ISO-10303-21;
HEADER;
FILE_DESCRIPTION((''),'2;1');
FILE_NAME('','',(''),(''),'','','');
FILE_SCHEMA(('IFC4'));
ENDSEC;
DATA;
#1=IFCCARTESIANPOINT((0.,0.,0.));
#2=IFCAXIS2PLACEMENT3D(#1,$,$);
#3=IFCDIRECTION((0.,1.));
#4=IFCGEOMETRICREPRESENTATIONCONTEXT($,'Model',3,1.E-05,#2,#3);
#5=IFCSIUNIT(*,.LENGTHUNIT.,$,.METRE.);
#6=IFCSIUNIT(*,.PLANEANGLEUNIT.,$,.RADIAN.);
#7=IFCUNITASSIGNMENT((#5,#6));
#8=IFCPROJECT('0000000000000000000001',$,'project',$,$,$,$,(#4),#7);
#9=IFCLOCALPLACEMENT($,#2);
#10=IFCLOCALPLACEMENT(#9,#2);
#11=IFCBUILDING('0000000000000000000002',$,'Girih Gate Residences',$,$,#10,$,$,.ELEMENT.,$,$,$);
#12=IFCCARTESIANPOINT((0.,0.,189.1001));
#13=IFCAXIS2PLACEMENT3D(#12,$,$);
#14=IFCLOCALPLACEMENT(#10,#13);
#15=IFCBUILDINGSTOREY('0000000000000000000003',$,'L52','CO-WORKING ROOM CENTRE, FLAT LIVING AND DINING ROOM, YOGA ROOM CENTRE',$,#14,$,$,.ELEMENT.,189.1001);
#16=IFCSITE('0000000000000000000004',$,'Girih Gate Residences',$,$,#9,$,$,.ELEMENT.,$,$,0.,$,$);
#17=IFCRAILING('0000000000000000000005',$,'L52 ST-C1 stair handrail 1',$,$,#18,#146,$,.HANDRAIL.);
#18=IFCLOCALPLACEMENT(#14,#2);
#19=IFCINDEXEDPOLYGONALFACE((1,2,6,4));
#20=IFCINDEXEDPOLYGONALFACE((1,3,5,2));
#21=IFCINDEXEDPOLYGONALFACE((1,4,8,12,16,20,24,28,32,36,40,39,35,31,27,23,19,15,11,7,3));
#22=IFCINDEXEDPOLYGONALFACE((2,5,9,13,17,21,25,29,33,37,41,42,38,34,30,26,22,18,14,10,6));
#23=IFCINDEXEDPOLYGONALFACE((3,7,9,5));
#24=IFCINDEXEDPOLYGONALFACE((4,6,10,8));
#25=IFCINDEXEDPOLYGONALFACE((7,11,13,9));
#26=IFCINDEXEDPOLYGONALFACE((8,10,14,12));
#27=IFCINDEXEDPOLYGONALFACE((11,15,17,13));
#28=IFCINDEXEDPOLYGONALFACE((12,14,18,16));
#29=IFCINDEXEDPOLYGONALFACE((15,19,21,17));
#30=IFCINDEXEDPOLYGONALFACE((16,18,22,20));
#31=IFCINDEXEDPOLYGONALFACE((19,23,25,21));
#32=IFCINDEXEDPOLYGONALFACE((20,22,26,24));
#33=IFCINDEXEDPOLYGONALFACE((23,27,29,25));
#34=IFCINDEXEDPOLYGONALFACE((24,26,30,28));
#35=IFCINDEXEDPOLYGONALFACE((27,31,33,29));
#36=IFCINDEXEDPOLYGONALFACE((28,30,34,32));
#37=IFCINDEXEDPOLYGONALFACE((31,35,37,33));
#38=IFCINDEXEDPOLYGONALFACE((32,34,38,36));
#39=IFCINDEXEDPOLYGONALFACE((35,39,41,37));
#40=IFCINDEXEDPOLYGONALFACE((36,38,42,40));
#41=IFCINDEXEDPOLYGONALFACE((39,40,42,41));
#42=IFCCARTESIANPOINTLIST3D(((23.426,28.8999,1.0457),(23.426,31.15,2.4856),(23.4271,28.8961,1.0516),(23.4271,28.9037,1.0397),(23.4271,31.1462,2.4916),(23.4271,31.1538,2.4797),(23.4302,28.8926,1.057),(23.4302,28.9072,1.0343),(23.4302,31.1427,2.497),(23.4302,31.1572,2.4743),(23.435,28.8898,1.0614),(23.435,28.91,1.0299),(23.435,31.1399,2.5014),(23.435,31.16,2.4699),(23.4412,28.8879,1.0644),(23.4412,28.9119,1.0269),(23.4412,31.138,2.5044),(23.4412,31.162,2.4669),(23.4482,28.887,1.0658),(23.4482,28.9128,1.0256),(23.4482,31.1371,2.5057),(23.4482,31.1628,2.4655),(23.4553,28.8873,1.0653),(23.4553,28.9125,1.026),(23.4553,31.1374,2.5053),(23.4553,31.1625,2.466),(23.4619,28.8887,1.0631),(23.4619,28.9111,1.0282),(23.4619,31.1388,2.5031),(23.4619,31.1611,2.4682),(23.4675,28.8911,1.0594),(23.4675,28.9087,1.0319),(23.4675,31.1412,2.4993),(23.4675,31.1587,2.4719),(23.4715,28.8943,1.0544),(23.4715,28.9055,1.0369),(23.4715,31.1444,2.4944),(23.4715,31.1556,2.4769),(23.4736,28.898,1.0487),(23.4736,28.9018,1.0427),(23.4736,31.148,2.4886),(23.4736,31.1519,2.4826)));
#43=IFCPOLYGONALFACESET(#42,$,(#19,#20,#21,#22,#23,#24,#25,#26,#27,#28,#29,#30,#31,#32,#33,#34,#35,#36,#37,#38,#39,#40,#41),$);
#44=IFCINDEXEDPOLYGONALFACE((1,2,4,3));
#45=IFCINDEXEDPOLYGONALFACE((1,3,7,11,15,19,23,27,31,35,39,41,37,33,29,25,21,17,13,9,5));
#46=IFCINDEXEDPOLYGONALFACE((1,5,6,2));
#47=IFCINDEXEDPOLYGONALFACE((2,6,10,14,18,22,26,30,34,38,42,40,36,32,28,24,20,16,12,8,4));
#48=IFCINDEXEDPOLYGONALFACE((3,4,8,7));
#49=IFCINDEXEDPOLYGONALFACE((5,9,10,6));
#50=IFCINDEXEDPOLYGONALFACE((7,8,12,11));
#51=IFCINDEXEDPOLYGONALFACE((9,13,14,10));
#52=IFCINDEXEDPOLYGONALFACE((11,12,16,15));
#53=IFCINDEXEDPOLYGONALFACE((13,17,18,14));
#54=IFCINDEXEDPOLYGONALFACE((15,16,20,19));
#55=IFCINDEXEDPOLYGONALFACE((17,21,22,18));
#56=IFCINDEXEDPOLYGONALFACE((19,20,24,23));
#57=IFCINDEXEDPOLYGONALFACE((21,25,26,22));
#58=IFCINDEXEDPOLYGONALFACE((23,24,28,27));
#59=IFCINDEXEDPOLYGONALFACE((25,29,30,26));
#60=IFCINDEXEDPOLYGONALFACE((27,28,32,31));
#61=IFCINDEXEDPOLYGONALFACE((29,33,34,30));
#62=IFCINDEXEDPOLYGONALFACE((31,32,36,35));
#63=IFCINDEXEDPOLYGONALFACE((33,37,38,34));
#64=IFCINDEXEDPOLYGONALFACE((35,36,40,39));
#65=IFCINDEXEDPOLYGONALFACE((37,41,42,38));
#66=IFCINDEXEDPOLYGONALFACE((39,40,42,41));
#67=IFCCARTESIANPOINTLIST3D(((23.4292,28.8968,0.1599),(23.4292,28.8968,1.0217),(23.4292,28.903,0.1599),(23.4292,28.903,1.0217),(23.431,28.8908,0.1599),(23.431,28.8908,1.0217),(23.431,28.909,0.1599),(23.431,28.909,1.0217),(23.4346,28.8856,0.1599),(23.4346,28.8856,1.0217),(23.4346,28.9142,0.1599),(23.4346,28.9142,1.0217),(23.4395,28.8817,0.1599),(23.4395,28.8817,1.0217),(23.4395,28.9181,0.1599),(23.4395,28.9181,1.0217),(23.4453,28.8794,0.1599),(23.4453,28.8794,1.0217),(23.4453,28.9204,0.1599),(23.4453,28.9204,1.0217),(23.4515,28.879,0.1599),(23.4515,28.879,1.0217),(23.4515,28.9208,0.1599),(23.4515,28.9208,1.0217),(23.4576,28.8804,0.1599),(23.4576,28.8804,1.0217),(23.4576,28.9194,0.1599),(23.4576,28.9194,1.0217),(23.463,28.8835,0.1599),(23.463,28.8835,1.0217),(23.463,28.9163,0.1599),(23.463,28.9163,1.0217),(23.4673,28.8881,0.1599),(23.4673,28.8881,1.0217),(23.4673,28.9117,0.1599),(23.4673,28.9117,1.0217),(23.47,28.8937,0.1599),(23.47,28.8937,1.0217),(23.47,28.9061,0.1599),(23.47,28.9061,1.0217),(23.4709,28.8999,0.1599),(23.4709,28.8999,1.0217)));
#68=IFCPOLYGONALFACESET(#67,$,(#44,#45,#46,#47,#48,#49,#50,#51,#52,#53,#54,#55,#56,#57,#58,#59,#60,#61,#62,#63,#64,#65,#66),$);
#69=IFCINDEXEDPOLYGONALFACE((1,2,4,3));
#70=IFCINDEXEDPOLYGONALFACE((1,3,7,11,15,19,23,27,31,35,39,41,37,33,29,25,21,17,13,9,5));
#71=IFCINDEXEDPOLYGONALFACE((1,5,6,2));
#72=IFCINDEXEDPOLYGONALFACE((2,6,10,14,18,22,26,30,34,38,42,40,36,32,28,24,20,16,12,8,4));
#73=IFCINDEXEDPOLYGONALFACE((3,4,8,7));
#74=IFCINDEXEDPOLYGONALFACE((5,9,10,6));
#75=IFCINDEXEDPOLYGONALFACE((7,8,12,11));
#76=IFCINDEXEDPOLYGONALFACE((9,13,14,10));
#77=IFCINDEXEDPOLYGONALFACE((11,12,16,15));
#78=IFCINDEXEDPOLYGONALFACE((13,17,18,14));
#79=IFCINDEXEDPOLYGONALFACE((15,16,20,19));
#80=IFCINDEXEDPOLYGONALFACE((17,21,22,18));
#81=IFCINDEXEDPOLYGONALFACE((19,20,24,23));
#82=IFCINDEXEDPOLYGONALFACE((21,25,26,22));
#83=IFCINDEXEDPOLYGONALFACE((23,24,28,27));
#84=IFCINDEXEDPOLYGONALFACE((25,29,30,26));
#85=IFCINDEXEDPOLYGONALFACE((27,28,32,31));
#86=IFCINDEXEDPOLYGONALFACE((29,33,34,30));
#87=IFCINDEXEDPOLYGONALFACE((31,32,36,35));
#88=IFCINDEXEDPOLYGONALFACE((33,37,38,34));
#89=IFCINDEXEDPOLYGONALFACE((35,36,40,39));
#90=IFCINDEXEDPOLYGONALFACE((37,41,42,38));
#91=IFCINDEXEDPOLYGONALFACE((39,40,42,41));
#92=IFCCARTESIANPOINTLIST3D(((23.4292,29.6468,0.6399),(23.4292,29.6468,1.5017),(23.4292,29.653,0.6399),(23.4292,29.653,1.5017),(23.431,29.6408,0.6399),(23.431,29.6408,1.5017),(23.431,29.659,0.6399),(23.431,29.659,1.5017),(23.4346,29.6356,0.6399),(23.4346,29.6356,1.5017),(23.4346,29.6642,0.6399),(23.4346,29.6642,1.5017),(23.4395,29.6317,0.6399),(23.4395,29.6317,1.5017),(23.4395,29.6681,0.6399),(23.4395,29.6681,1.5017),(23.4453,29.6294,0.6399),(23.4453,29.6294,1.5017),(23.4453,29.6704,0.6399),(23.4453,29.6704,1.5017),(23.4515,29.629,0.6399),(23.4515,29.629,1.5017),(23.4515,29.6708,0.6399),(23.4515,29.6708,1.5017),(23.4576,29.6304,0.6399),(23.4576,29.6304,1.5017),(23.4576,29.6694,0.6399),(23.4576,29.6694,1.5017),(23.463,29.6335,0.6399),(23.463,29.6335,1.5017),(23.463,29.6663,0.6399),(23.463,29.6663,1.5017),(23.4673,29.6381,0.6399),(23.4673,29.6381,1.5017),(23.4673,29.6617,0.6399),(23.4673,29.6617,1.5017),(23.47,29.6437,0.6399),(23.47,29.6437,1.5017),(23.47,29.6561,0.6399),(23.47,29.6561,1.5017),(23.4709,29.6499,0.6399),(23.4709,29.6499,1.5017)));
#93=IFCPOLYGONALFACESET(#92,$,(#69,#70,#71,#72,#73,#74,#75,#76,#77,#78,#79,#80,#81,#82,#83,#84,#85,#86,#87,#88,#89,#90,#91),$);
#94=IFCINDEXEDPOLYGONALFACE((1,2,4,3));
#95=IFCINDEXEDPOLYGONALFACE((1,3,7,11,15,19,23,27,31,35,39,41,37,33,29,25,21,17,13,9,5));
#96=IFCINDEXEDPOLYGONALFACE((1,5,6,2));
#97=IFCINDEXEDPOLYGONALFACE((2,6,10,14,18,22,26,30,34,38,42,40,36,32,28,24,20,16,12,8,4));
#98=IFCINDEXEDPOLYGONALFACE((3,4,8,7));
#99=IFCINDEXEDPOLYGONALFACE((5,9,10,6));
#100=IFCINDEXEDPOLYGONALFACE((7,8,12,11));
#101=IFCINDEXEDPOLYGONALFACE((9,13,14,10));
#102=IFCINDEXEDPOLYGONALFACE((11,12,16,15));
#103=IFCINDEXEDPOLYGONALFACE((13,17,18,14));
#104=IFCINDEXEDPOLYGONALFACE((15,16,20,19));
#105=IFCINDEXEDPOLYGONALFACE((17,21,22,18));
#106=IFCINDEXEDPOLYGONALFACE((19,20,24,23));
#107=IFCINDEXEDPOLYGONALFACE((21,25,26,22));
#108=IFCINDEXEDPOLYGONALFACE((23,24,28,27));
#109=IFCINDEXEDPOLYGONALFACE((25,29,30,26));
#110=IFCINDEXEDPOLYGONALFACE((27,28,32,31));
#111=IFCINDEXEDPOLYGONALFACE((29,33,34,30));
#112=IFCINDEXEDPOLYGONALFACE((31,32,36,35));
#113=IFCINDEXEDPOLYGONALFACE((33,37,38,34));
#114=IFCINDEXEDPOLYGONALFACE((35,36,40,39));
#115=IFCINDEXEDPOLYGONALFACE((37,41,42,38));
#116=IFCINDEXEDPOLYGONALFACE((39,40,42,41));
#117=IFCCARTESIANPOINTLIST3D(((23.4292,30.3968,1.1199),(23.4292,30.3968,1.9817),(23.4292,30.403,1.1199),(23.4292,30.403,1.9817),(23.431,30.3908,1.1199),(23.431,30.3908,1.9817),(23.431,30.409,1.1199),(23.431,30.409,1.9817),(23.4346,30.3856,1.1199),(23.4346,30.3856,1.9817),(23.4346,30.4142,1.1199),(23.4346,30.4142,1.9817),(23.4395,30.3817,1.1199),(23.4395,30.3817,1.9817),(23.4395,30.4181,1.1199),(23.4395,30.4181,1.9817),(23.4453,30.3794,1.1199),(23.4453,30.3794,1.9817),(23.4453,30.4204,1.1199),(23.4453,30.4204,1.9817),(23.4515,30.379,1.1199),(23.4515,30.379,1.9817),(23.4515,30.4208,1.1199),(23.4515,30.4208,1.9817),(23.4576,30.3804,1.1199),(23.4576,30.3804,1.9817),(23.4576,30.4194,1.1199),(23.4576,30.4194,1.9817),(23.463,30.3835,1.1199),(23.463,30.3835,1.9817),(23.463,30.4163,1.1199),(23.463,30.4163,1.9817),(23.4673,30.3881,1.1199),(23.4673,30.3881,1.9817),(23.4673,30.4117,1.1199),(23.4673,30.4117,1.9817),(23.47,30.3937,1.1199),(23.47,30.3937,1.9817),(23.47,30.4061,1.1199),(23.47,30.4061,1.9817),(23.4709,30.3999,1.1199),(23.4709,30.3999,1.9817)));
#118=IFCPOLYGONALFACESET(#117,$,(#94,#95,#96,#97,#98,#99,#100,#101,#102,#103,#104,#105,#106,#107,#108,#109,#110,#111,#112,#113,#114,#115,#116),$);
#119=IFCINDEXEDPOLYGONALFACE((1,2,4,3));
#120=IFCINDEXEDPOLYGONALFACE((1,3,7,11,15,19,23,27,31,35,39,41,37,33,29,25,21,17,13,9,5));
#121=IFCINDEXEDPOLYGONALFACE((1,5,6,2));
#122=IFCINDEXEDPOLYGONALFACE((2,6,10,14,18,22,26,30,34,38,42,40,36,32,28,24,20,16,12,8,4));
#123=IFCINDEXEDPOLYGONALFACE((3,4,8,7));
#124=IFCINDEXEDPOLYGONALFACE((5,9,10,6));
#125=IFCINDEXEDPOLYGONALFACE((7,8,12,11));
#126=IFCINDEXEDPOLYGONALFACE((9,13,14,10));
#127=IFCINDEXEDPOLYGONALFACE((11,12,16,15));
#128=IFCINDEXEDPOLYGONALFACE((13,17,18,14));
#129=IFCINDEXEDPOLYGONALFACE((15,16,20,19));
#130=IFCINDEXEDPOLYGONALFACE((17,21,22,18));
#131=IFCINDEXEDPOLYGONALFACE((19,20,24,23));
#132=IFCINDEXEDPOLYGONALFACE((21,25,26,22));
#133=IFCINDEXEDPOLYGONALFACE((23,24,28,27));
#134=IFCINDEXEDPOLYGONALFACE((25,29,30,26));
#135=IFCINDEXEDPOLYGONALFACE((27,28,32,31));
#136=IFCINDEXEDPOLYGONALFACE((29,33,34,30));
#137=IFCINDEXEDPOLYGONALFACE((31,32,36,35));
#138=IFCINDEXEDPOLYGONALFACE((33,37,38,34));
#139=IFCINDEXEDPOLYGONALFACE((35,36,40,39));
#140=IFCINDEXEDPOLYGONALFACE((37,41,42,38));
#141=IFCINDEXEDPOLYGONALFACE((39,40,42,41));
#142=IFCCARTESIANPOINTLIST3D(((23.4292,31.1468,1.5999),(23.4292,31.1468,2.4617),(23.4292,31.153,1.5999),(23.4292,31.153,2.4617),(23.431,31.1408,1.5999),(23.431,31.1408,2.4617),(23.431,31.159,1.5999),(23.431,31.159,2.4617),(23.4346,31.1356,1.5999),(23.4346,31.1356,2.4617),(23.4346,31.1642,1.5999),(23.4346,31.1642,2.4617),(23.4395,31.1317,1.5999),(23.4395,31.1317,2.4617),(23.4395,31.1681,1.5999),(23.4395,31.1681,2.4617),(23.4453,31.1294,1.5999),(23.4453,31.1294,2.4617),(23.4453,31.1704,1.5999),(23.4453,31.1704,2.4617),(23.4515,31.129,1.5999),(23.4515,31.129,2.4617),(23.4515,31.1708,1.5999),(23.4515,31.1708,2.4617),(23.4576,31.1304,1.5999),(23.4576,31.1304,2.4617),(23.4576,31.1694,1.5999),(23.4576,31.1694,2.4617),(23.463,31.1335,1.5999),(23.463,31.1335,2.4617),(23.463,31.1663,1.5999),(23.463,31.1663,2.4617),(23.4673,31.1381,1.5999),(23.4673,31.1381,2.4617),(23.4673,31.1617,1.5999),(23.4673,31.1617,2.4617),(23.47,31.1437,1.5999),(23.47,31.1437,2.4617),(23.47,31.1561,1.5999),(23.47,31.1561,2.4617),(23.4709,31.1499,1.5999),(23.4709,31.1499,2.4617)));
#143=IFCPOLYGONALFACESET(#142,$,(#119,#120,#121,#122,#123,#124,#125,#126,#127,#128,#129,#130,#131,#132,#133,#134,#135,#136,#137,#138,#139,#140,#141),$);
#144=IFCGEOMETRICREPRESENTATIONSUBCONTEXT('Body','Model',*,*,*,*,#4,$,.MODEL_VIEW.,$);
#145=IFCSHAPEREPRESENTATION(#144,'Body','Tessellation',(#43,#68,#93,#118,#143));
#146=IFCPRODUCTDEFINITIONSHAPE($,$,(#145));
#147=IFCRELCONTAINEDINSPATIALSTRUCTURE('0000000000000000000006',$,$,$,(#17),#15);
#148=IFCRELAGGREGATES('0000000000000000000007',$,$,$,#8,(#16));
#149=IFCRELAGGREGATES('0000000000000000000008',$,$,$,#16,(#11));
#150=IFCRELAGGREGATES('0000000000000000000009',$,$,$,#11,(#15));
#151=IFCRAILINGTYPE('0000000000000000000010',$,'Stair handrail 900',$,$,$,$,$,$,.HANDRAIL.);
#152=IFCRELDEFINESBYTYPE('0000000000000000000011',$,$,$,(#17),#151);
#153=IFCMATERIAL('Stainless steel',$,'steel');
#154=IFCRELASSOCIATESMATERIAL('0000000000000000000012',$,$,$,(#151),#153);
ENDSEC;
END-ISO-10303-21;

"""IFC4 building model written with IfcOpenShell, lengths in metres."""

from ifc_helpers import new_model, si_unit, direction, frame, origin, origin_2d, place, context, subcontext, project, spatial, circle, extrude, material, type_object, element, save


model = new_model("IFC4")

# Units and contexts
model_context = context("Model", 3, precision=1e-05, world=origin(), true_north=direction((0.0, 1.0)))
body_context = subcontext(model_context, "Body", "Model", "MODEL_VIEW")
ifc_project = project(units=[si_unit("LENGTHUNIT", "METRE"), si_unit("PLANEANGLEUNIT", "RADIAN")], contexts=[model_context])

# Site, building, storey
site_placement = place(None, origin())
site = spatial("IfcSite", under=ifc_project, at=site_placement, Name="Girih Gate Residences", CompositionType="ELEMENT", RefElevation=0.0)
building_placement = place(site_placement, origin())
building = spatial("IfcBuilding", under=site, at=building_placement, Name="Girih Gate Residences", CompositionType="ELEMENT")
storey_placement = place(building_placement, frame((0.0, 0.0, 189.1001)))
storey = spatial("IfcBuildingStorey", under=building, at=storey_placement, Name="L52", Description="CO-WORKING ROOM CENTRE, FLAT LIVING AND DINING ROOM, YOGA ROOM CENTRE", CompositionType="ELEMENT", Elevation=189.1001)

# Railing
ifc_material_1 = material(Name="Stainless steel", Category="steel")
railing_type_1 = type_object("IfcRailingType", Name="Stair handrail 900", PredefinedType="HANDRAIL", material=ifc_material_1)
railing_1_placement = place(storey_placement, frame((23.45, 28.8999, 0.1599)))
element("IfcRailing", 1, at=railing_1_placement, inside=storey, type_object=railing_type_1, Name="L52 ST-C1 stair handrail 1", PredefinedType="HANDRAIL", context=body_context, shape_type="SweptSolid", body=[
    extrude(circle(Radius=0.0239, at=origin_2d()), frame((0.0, 0.0, 0.8857), z_axis=(0.0, 0.842281, 0.539038), x_axis=(-1.0, 0.0, 0.0)), (0.0, 0.0, 1.0), 2.6714),
    extrude(circle(Radius=0.021, at=origin_2d()), origin(), (0.0, 0.0, 1.0), 0.8618),
    extrude(circle(Radius=0.021, at=origin_2d()), frame((0.0, 0.75, 0.48)), (0.0, 0.0, 1.0), 0.8618),
    extrude(circle(Radius=0.021, at=origin_2d()), frame((0.0, 1.5, 0.96)), (0.0, 0.0, 1.0), 0.8618),
    extrude(circle(Radius=0.021, at=origin_2d()), frame((0.0, 2.25, 1.4399)), (0.0, 0.0, 1.0), 0.8618),
])

save(model, "model.ifc")
